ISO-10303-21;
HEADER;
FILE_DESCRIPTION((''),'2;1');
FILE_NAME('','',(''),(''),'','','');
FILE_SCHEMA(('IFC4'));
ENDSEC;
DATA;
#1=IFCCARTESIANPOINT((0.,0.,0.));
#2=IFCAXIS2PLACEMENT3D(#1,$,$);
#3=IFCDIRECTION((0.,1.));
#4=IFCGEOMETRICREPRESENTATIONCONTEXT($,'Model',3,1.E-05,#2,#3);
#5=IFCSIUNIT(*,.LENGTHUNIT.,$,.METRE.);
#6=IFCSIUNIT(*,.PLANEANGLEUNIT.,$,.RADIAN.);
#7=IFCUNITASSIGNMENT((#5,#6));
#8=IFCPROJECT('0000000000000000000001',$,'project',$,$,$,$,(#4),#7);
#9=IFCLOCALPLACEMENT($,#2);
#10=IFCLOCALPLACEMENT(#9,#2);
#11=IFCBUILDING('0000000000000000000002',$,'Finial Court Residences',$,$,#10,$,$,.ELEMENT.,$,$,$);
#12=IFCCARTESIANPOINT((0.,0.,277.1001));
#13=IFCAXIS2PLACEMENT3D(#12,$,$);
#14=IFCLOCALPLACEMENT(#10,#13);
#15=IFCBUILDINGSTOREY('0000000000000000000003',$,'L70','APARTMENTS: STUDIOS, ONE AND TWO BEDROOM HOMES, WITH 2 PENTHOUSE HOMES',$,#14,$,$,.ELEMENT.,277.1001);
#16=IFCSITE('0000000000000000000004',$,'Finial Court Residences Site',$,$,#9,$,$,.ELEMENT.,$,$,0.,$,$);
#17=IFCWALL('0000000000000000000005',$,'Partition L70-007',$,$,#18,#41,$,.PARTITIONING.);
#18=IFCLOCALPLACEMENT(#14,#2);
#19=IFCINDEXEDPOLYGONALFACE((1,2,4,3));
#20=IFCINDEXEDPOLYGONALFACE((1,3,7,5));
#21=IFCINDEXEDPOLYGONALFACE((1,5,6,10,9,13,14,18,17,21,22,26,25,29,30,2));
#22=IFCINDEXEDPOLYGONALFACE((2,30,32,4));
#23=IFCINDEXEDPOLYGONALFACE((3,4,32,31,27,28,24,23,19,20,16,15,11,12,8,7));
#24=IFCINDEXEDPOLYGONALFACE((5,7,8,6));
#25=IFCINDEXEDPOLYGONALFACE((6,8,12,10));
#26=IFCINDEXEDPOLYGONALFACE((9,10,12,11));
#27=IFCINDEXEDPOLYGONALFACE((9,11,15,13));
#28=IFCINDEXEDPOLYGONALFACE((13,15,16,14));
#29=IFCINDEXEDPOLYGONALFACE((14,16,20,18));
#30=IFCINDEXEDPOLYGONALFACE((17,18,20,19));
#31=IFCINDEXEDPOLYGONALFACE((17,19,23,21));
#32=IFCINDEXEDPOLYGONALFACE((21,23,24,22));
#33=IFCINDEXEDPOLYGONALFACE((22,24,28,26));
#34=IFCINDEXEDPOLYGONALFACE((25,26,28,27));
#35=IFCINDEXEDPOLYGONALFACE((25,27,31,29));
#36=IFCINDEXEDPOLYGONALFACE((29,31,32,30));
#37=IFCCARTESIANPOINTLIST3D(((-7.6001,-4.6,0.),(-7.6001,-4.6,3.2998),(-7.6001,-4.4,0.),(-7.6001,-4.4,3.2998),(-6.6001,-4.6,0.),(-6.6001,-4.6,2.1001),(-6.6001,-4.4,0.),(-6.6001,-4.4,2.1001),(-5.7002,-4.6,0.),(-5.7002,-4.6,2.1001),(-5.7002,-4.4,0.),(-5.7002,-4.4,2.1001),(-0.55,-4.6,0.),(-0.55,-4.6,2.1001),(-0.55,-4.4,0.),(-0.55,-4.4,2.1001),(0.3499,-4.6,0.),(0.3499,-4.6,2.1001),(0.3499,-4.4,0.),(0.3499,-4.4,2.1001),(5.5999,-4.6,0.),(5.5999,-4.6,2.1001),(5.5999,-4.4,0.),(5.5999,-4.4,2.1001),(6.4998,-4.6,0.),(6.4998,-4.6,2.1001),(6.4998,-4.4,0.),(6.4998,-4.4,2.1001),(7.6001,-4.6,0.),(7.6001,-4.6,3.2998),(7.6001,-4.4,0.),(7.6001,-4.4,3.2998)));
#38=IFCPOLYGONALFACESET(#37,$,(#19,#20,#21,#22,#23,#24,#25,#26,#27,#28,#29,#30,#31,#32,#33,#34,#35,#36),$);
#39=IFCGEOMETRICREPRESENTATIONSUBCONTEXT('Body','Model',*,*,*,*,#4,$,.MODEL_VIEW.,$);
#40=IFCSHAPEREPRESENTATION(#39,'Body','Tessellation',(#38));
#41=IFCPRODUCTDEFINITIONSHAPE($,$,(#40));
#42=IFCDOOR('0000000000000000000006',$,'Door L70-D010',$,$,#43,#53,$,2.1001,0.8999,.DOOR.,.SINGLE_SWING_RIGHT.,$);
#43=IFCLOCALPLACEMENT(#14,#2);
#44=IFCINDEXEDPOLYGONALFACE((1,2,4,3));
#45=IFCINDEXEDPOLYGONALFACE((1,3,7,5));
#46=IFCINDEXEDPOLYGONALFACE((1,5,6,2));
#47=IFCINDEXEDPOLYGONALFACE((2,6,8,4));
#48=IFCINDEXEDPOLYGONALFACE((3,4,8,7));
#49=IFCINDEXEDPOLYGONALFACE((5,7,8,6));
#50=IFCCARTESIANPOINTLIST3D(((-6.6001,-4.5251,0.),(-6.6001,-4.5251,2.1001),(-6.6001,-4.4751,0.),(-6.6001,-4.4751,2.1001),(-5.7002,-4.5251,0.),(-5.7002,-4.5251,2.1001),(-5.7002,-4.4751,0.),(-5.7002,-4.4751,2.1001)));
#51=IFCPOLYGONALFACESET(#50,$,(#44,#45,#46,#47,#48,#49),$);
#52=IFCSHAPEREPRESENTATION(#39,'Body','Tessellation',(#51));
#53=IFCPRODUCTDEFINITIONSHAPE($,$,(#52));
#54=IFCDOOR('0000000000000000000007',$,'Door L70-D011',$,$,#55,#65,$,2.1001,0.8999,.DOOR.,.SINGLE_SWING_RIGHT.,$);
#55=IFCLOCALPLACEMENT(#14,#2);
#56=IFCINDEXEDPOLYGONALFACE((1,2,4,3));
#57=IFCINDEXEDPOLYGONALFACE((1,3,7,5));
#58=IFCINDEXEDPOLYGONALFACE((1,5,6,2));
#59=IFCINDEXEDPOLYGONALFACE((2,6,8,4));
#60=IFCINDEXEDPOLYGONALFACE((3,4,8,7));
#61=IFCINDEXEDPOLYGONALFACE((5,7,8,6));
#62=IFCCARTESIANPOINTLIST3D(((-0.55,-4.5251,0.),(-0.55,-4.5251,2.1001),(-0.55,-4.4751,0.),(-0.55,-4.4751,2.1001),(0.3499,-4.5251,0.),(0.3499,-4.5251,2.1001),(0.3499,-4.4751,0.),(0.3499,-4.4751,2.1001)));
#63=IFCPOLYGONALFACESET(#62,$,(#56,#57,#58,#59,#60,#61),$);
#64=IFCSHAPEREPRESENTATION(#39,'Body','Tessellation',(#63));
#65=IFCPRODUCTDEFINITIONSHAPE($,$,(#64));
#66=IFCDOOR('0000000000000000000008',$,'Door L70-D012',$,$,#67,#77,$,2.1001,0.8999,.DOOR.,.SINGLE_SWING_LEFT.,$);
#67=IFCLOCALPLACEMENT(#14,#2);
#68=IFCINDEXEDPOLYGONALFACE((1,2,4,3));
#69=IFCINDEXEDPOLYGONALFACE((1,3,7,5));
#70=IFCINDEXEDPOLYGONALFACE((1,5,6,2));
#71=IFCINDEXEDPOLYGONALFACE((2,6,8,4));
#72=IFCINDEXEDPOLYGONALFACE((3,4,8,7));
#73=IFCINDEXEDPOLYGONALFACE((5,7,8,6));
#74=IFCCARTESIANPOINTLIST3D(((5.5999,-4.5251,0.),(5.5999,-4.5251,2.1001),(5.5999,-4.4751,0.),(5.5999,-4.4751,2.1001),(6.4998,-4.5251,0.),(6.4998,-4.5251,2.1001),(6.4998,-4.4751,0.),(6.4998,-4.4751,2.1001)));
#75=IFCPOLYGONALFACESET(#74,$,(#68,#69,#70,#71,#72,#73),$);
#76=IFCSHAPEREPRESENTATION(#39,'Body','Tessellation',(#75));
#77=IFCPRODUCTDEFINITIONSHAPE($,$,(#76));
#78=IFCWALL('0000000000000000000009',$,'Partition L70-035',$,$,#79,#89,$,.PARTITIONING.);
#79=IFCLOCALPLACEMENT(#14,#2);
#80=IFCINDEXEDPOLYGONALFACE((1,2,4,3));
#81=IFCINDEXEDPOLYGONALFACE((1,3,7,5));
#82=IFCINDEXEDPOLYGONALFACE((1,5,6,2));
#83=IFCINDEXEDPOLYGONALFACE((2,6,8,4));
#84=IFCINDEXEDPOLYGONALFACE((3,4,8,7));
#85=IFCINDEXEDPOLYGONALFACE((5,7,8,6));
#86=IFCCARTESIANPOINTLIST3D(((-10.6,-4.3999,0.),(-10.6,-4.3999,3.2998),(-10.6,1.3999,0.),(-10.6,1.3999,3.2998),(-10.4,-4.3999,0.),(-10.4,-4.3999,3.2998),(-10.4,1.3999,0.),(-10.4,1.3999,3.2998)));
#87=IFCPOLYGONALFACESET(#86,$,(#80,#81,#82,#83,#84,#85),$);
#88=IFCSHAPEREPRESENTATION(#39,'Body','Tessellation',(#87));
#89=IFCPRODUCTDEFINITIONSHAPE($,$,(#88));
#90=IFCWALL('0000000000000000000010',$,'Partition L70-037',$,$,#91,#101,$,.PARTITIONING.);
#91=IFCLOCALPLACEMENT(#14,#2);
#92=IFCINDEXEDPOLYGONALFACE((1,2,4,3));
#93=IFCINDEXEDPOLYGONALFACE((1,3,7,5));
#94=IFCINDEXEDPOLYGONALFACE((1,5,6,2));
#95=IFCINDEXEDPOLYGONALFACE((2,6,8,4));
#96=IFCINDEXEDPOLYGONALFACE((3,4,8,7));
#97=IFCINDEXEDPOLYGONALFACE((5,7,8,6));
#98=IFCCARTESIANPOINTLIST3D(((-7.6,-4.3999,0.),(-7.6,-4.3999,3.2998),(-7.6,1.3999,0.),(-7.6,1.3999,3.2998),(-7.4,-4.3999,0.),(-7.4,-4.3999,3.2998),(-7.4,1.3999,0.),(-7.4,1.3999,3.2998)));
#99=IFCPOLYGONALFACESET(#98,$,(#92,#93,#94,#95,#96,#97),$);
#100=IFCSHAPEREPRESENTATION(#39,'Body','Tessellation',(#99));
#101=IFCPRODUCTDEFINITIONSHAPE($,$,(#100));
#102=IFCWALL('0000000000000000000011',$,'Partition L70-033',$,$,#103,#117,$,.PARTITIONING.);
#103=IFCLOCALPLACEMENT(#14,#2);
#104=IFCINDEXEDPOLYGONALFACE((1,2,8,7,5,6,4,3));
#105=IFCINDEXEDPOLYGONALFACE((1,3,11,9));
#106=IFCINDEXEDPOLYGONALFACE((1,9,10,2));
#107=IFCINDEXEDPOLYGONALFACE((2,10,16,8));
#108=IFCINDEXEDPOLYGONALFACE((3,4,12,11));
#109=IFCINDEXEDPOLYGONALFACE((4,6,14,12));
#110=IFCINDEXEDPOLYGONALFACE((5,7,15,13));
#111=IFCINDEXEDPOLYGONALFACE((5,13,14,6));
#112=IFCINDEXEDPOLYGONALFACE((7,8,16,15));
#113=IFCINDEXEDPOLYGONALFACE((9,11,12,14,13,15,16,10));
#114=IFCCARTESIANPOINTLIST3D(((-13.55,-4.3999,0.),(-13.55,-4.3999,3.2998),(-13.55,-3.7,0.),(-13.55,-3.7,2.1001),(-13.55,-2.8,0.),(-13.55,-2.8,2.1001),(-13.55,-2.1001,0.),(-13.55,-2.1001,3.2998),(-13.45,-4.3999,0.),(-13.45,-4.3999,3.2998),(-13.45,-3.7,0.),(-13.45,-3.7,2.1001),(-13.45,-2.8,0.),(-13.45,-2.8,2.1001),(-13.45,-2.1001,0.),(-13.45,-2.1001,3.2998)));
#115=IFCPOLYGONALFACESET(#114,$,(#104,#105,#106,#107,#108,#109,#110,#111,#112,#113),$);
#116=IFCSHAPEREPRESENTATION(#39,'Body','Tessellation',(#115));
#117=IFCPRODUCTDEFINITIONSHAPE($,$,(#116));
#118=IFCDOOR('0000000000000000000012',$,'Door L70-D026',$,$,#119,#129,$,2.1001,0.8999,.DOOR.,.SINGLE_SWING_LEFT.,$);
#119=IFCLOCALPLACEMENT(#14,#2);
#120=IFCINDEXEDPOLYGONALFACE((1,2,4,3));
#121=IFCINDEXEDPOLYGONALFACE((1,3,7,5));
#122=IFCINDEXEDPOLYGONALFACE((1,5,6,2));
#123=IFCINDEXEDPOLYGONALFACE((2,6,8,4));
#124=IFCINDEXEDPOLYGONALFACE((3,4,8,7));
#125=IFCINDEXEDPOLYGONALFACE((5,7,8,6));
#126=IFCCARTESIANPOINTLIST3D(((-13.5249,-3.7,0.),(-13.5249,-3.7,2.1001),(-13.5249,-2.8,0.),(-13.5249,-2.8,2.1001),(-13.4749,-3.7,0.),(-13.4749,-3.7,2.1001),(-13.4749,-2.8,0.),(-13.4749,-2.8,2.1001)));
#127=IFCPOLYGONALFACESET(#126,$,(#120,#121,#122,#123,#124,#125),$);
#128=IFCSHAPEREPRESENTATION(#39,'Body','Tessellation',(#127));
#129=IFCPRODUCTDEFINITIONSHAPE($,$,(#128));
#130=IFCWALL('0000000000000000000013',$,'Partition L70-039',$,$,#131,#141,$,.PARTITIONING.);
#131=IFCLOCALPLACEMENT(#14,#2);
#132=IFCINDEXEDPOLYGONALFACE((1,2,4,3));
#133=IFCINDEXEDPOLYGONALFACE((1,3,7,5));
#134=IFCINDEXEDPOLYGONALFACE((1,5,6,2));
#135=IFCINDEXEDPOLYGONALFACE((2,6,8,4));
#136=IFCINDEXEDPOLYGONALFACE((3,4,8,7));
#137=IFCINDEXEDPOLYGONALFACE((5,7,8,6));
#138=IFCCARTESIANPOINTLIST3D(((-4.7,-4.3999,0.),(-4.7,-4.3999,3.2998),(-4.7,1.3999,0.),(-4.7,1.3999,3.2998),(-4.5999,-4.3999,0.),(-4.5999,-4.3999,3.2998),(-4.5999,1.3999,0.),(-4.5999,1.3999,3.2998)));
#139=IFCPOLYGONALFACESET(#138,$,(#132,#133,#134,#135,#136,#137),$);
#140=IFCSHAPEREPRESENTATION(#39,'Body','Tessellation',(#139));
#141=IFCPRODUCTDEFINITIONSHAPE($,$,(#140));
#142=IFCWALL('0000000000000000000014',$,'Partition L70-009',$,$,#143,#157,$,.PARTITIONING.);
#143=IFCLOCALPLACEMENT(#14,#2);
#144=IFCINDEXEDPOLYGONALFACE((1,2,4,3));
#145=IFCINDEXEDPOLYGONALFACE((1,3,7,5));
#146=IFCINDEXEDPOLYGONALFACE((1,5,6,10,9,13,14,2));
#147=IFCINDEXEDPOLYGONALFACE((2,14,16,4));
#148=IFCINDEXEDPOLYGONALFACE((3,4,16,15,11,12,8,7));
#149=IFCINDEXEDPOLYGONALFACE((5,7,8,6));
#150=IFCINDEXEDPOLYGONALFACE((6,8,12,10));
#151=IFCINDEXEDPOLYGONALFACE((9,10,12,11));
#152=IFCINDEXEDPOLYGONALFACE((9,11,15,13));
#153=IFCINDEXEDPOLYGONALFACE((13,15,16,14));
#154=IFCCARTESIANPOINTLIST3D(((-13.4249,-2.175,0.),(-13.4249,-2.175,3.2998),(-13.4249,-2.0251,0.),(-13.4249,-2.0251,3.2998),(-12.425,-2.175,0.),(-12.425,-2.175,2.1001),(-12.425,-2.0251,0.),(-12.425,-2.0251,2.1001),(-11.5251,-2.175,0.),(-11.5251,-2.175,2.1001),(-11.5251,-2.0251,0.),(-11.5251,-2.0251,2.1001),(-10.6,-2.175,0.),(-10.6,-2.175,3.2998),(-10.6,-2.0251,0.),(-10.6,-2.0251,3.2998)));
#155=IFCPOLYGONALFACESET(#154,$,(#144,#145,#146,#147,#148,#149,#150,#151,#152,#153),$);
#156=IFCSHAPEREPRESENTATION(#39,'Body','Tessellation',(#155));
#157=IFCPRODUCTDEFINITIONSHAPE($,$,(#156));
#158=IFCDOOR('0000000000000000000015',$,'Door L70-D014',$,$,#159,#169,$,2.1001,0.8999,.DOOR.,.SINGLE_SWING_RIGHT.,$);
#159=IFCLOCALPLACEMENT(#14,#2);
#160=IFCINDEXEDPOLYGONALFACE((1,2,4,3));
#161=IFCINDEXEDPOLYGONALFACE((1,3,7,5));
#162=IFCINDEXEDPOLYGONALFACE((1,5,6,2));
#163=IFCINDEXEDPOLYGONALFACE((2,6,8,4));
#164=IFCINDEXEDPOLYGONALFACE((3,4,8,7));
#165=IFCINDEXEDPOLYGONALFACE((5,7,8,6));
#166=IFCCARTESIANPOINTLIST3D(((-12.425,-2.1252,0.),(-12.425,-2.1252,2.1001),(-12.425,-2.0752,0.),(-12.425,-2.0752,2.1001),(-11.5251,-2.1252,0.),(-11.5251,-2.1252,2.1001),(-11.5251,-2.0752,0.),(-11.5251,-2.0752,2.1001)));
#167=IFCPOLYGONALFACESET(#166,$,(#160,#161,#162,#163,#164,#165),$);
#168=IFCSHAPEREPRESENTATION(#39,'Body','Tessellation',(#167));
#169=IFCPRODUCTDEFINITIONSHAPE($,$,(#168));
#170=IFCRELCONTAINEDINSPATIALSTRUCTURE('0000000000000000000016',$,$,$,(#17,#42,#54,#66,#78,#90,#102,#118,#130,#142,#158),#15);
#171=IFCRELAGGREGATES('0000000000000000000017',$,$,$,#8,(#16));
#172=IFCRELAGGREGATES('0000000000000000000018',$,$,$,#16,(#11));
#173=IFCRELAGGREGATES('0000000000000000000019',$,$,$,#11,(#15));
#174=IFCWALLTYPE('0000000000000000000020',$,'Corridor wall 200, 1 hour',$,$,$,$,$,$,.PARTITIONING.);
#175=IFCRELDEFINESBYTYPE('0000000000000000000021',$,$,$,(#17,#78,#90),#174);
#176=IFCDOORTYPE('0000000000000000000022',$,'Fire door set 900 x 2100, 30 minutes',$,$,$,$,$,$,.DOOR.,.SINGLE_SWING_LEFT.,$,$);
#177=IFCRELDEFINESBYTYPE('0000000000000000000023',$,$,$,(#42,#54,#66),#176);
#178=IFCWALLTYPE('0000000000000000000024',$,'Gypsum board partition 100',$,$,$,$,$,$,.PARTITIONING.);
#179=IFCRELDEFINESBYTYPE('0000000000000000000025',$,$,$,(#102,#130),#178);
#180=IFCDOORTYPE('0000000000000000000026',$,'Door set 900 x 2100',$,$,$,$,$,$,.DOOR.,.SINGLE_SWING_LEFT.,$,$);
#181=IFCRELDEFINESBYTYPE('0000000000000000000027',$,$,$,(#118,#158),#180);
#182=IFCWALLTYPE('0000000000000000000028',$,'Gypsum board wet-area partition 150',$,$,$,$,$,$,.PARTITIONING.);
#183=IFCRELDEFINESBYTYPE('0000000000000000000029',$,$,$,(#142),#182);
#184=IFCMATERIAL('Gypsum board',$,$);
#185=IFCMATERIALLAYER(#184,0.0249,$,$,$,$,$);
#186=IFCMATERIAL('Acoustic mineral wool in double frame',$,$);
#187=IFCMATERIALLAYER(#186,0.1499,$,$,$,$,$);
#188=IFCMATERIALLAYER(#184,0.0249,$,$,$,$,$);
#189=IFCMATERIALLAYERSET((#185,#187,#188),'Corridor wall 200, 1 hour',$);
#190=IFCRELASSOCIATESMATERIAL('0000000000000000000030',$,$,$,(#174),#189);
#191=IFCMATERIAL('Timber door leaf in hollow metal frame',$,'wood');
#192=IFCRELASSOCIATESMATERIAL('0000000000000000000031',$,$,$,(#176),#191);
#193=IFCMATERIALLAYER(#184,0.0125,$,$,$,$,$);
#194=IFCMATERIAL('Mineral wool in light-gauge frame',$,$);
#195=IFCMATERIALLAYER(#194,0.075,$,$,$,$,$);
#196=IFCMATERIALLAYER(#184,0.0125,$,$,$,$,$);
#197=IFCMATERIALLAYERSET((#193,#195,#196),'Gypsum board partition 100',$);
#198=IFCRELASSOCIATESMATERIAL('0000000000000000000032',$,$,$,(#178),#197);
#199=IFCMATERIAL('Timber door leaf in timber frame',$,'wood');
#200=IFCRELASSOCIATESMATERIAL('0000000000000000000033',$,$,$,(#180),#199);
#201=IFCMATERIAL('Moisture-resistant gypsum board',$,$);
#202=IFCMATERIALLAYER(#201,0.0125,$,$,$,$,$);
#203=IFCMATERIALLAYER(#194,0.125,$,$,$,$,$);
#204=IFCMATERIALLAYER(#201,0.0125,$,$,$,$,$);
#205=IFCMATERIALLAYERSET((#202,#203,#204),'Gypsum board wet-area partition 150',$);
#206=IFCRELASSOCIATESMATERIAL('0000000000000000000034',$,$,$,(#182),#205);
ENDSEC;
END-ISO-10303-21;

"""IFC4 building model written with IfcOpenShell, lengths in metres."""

from ifc_helpers import new_model, si_unit, direction, frame, frame_2d, origin, place, context, subcontext, project, spatial, rectangle, extrude, material, layer, layer_set, type_object, element, fill, save


model = new_model("IFC4")

# Units and contexts
model_context = context("Model", 3, precision=1e-05, world=origin(), true_north=direction((0.0, 1.0)))
body_context = subcontext(model_context, "Body", "Model", "MODEL_VIEW")
ifc_project = project(units=[si_unit("LENGTHUNIT", "METRE"), si_unit("PLANEANGLEUNIT", "RADIAN")], contexts=[model_context])

# Site, building, storey
site_placement = place(None, origin())
site = spatial("IfcSite", under=ifc_project, at=site_placement, Name="Finial Court Residences Site", CompositionType="ELEMENT", RefElevation=0.0)
building_placement = place(site_placement, origin())
building = spatial("IfcBuilding", under=site, at=building_placement, Name="Finial Court Residences", CompositionType="ELEMENT")
storey_placement = place(building_placement, frame((0.0, 0.0, 277.1001)))
storey = spatial("IfcBuildingStorey", under=building, at=storey_placement, Name="L70", Description="APARTMENTS: STUDIOS, ONE AND TWO BEDROOM HOMES, WITH 2 PENTHOUSE HOMES", CompositionType="ELEMENT", Elevation=277.1001)

# Wall, openings, doors
ifc_material_1 = material(Name="Gypsum board")
ifc_layer_1 = layer(ifc_material_1, 0.0249)
ifc_material_2 = material(Name="Acoustic mineral wool in double frame")
ifc_layer_2 = layer(ifc_material_2, 0.1499)
ifc_layer_3 = layer(ifc_material_1, 0.0249)
ifc_layer_set_1 = layer_set([ifc_layer_1, ifc_layer_2, ifc_layer_3], Name="Corridor wall 200, 1 hour")
wall_type_1 = type_object("IfcWallType", Name="Corridor wall 200, 1 hour", PredefinedType="PARTITIONING", material=ifc_layer_set_1)
wall_1_placement = place(storey_placement, frame((-7.6001, -4.5, 0.0), z_axis=(0.0, 0.0, 1.0), x_axis=(1.0, 0.0, 0.0)))
wall_1 = element("IfcWall", 1, at=wall_1_placement, inside=storey, type_object=wall_type_1, Name="Partition L70-007", PredefinedType="PARTITIONING", context=body_context, shape_type="SweptSolid", body=[
    extrude(rectangle(XDim=15.2002, YDim=0.2, at=frame_2d((7.6001, 0.0))), origin(), (0.0, 0.0, 1.0), 3.2998),
])
opening_1_placement = place(wall_1_placement, frame((1.0, 0.0, 0.0)))
opening_1 = element("IfcOpeningElement", 2, at=opening_1_placement, cuts=wall_1, PredefinedType="OPENING", context=body_context, shape_type="SweptSolid", body=[
    extrude(rectangle(XDim=0.8999, YDim=2.1001, at=frame_2d((0.45, 1.05))), frame((0.0, 0.1099, 0.0), z_axis=(0.0, -1.0, 0.0), x_axis=(1.0, 0.0, 0.0)), (0.0, 0.0, 1.0), 0.22),
])
opening_2_placement = place(wall_1_placement, frame((7.05, 0.0, 0.0)))
opening_2 = element("IfcOpeningElement", 3, at=opening_2_placement, cuts=wall_1, PredefinedType="OPENING", context=body_context, shape_type="SweptSolid", body=[
    extrude(rectangle(XDim=0.8999, YDim=2.1001, at=frame_2d((0.45, 1.05))), frame((0.0, 0.1099, 0.0), z_axis=(0.0, -1.0, 0.0), x_axis=(1.0, 0.0, 0.0)), (0.0, 0.0, 1.0), 0.22),
])
opening_3_placement = place(wall_1_placement, frame((13.2, 0.0, 0.0)))
opening_3 = element("IfcOpeningElement", 4, at=opening_3_placement, cuts=wall_1, PredefinedType="OPENING", context=body_context, shape_type="SweptSolid", body=[
    extrude(rectangle(XDim=0.8999, YDim=2.1001, at=frame_2d((0.45, 1.05))), frame((0.0, 0.1099, 0.0), z_axis=(0.0, -1.0, 0.0), x_axis=(1.0, 0.0, 0.0)), (0.0, 0.0, 1.0), 0.22),
])
ifc_material_3 = material(Name="Timber door leaf in hollow metal frame", Category="wood")
door_type_1 = type_object("IfcDoorType", Name="Fire door set 900 x 2100, 30 minutes", OperationType="SINGLE_SWING_LEFT", PredefinedType="DOOR", material=ifc_material_3)
door_1_placement = place(opening_1_placement, origin())
door_1 = element("IfcDoor", 5, at=door_1_placement, inside=storey, type_object=door_type_1, Name="Door L70-D010", OperationType="SINGLE_SWING_RIGHT", OverallHeight=2.1001, OverallWidth=0.8999, PredefinedType="DOOR", context=body_context, shape_type="SweptSolid", body=[
    extrude(rectangle(XDim=0.8999, YDim=2.1001, at=frame_2d((0.45, 1.05))), frame((0.0, 0.0249, 0.0), z_axis=(0.0, -1.0, 0.0), x_axis=(1.0, 0.0, 0.0)), (0.0, 0.0, 1.0), 0.05),
])
fill(opening_1, door_1)
door_2_placement = place(opening_2_placement, origin())
door_2 = element("IfcDoor", 6, at=door_2_placement, inside=storey, type_object=door_type_1, Name="Door L70-D011", OperationType="SINGLE_SWING_RIGHT", OverallHeight=2.1001, OverallWidth=0.8999, PredefinedType="DOOR", context=body_context, shape_type="SweptSolid", body=[
    extrude(rectangle(XDim=0.8999, YDim=2.1001, at=frame_2d((0.45, 1.05))), frame((0.0, 0.0249, 0.0), z_axis=(0.0, -1.0, 0.0), x_axis=(1.0, 0.0, 0.0)), (0.0, 0.0, 1.0), 0.05),
])
fill(opening_2, door_2)
door_3_placement = place(opening_3_placement, origin())
door_3 = element("IfcDoor", 7, at=door_3_placement, inside=storey, type_object=door_type_1, Name="Door L70-D012", OperationType="SINGLE_SWING_LEFT", OverallHeight=2.1001, OverallWidth=0.8999, PredefinedType="DOOR", context=body_context, shape_type="SweptSolid", body=[
    extrude(rectangle(XDim=0.8999, YDim=2.1001, at=frame_2d((0.45, 1.05))), frame((0.0, 0.0249, 0.0), z_axis=(0.0, -1.0, 0.0), x_axis=(1.0, 0.0, 0.0)), (0.0, 0.0, 1.0), 0.05),
])
fill(opening_3, door_3)

# Walls
for number, where, z_axis, x_axis, name in (
    (8, (-10.5, -4.3999, 0.0), (0.0, 0.0, 1.0), (0.0, 1.0, 0.0), "Partition L70-035"),
    (9, (-7.5, -4.3999, 0.0), (0.0, 0.0, 1.0), (0.0, 1.0, 0.0), "Partition L70-037"),
):
    element("IfcWall", number, at=place(storey_placement, frame(where, z_axis=z_axis, x_axis=x_axis)), inside=storey, type_object=wall_type_1, Name=name, PredefinedType="PARTITIONING", context=body_context, shape_type="SweptSolid", body=[
        extrude(rectangle(XDim=5.7998, YDim=0.2, at=frame_2d((2.8999, 0.0))), origin(), (0.0, 0.0, 1.0), 3.2998),
    ])

# Wall, opening, door
ifc_layer_4 = layer(ifc_material_1, 0.0125)
ifc_material_4 = material(Name="Mineral wool in light-gauge frame")
ifc_layer_5 = layer(ifc_material_4, 0.075)
ifc_layer_6 = layer(ifc_material_1, 0.0125)
ifc_layer_set_2 = layer_set([ifc_layer_4, ifc_layer_5, ifc_layer_6], Name="Gypsum board partition 100")
wall_type_2 = type_object("IfcWallType", Name="Gypsum board partition 100", PredefinedType="PARTITIONING", material=ifc_layer_set_2)
wall_2_placement = place(storey_placement, frame((-13.5, -4.3999, 0.0), z_axis=(0.0, 0.0, 1.0), x_axis=(0.0, 1.0, 0.0)))
wall_2 = element("IfcWall", 10, at=wall_2_placement, inside=storey, type_object=wall_type_2, Name="Partition L70-033", PredefinedType="PARTITIONING", context=body_context, shape_type="SweptSolid", body=[
    extrude(rectangle(XDim=2.2998, YDim=0.1001, at=frame_2d((1.1499, 0.0))), origin(), (0.0, 0.0, 1.0), 3.2998),
])
opening_4_placement = place(wall_2_placement, frame((0.7, 0.0, 0.0)))
opening_4 = element("IfcOpeningElement", 11, at=opening_4_placement, cuts=wall_2, PredefinedType="OPENING", context=body_context, shape_type="SweptSolid", body=[
    extrude(rectangle(XDim=0.8999, YDim=2.1001, at=frame_2d((0.45, 1.05))), frame((0.0, 0.0601, 0.0), z_axis=(0.0, -1.0, 0.0), x_axis=(1.0, 0.0, 0.0)), (0.0, 0.0, 1.0), 0.1201),
])
ifc_material_5 = material(Name="Timber door leaf in timber frame", Category="wood")
door_type_2 = type_object("IfcDoorType", Name="Door set 900 x 2100", OperationType="SINGLE_SWING_LEFT", PredefinedType="DOOR", material=ifc_material_5)
door_4_placement = place(opening_4_placement, origin())
door_4 = element("IfcDoor", 12, at=door_4_placement, inside=storey, type_object=door_type_2, Name="Door L70-D026", OperationType="SINGLE_SWING_LEFT", OverallHeight=2.1001, OverallWidth=0.8999, PredefinedType="DOOR", context=body_context, shape_type="SweptSolid", body=[
    extrude(rectangle(XDim=0.8999, YDim=2.1001, at=frame_2d((0.45, 1.05))), frame((0.0, 0.0249, 0.0), z_axis=(0.0, -1.0, 0.0), x_axis=(1.0, 0.0, 0.0)), (0.0, 0.0, 1.0), 0.05),
])
fill(opening_4, door_4)

# Wall
wall_3_placement = place(storey_placement, frame((-4.6499, -4.3999, 0.0), z_axis=(0.0, 0.0, 1.0), x_axis=(0.0, 1.0, 0.0)))
element("IfcWall", 13, at=wall_3_placement, inside=storey, type_object=wall_type_2, Name="Partition L70-039", PredefinedType="PARTITIONING", context=body_context, shape_type="SweptSolid", body=[
    extrude(rectangle(XDim=5.7998, YDim=0.1001, at=frame_2d((2.8999, 0.0))), origin(), (0.0, 0.0, 1.0), 3.2998),
])

# Wall, opening, door
ifc_material_6 = material(Name="Moisture-resistant gypsum board")
ifc_layer_7 = layer(ifc_material_6, 0.0125)
ifc_layer_8 = layer(ifc_material_4, 0.125)
ifc_layer_9 = layer(ifc_material_6, 0.0125)
ifc_layer_set_3 = layer_set([ifc_layer_7, ifc_layer_8, ifc_layer_9], Name="Gypsum board wet-area partition 150")
wall_type_3 = type_object("IfcWallType", Name="Gypsum board wet-area partition 150", PredefinedType="PARTITIONING", material=ifc_layer_set_3)
wall_4_placement = place(storey_placement, frame((-13.425, -2.1001, 0.0), z_axis=(0.0, 0.0, 1.0), x_axis=(1.0, 0.0, 0.0)))
wall_4 = element("IfcWall", 14, at=wall_4_placement, inside=storey, type_object=wall_type_3, Name="Partition L70-009", PredefinedType="PARTITIONING", context=body_context, shape_type="SweptSolid", body=[
    extrude(rectangle(XDim=2.825, YDim=0.1499, at=frame_2d((1.4126, 0.0))), origin(), (0.0, 0.0, 1.0), 3.2998),
])
opening_5_placement = place(wall_4_placement, frame((1.0, 0.0, 0.0)))
opening_5 = element("IfcOpeningElement", 15, at=opening_5_placement, cuts=wall_4, PredefinedType="OPENING", context=body_context, shape_type="SweptSolid", body=[
    extrude(rectangle(XDim=0.8999, YDim=2.1001, at=frame_2d((0.45, 1.05))), frame((0.0, 0.085, 0.0), z_axis=(0.0, -1.0, 0.0), x_axis=(1.0, 0.0, 0.0)), (0.0, 0.0, 1.0), 0.1699),
])
door_5_placement = place(opening_5_placement, origin())
door_5 = element("IfcDoor", 16, at=door_5_placement, inside=storey, type_object=door_type_2, Name="Door L70-D014", OperationType="SINGLE_SWING_RIGHT", OverallHeight=2.1001, OverallWidth=0.8999, PredefinedType="DOOR", context=body_context, shape_type="SweptSolid", body=[
    extrude(rectangle(XDim=0.8999, YDim=2.1001, at=frame_2d((0.45, 1.05))), frame((0.0, 0.0249, 0.0), z_axis=(0.0, -1.0, 0.0), x_axis=(1.0, 0.0, 0.0)), (0.0, 0.0, 1.0), 0.05),
])
fill(opening_5, door_5)

save(model, "model.ifc")
